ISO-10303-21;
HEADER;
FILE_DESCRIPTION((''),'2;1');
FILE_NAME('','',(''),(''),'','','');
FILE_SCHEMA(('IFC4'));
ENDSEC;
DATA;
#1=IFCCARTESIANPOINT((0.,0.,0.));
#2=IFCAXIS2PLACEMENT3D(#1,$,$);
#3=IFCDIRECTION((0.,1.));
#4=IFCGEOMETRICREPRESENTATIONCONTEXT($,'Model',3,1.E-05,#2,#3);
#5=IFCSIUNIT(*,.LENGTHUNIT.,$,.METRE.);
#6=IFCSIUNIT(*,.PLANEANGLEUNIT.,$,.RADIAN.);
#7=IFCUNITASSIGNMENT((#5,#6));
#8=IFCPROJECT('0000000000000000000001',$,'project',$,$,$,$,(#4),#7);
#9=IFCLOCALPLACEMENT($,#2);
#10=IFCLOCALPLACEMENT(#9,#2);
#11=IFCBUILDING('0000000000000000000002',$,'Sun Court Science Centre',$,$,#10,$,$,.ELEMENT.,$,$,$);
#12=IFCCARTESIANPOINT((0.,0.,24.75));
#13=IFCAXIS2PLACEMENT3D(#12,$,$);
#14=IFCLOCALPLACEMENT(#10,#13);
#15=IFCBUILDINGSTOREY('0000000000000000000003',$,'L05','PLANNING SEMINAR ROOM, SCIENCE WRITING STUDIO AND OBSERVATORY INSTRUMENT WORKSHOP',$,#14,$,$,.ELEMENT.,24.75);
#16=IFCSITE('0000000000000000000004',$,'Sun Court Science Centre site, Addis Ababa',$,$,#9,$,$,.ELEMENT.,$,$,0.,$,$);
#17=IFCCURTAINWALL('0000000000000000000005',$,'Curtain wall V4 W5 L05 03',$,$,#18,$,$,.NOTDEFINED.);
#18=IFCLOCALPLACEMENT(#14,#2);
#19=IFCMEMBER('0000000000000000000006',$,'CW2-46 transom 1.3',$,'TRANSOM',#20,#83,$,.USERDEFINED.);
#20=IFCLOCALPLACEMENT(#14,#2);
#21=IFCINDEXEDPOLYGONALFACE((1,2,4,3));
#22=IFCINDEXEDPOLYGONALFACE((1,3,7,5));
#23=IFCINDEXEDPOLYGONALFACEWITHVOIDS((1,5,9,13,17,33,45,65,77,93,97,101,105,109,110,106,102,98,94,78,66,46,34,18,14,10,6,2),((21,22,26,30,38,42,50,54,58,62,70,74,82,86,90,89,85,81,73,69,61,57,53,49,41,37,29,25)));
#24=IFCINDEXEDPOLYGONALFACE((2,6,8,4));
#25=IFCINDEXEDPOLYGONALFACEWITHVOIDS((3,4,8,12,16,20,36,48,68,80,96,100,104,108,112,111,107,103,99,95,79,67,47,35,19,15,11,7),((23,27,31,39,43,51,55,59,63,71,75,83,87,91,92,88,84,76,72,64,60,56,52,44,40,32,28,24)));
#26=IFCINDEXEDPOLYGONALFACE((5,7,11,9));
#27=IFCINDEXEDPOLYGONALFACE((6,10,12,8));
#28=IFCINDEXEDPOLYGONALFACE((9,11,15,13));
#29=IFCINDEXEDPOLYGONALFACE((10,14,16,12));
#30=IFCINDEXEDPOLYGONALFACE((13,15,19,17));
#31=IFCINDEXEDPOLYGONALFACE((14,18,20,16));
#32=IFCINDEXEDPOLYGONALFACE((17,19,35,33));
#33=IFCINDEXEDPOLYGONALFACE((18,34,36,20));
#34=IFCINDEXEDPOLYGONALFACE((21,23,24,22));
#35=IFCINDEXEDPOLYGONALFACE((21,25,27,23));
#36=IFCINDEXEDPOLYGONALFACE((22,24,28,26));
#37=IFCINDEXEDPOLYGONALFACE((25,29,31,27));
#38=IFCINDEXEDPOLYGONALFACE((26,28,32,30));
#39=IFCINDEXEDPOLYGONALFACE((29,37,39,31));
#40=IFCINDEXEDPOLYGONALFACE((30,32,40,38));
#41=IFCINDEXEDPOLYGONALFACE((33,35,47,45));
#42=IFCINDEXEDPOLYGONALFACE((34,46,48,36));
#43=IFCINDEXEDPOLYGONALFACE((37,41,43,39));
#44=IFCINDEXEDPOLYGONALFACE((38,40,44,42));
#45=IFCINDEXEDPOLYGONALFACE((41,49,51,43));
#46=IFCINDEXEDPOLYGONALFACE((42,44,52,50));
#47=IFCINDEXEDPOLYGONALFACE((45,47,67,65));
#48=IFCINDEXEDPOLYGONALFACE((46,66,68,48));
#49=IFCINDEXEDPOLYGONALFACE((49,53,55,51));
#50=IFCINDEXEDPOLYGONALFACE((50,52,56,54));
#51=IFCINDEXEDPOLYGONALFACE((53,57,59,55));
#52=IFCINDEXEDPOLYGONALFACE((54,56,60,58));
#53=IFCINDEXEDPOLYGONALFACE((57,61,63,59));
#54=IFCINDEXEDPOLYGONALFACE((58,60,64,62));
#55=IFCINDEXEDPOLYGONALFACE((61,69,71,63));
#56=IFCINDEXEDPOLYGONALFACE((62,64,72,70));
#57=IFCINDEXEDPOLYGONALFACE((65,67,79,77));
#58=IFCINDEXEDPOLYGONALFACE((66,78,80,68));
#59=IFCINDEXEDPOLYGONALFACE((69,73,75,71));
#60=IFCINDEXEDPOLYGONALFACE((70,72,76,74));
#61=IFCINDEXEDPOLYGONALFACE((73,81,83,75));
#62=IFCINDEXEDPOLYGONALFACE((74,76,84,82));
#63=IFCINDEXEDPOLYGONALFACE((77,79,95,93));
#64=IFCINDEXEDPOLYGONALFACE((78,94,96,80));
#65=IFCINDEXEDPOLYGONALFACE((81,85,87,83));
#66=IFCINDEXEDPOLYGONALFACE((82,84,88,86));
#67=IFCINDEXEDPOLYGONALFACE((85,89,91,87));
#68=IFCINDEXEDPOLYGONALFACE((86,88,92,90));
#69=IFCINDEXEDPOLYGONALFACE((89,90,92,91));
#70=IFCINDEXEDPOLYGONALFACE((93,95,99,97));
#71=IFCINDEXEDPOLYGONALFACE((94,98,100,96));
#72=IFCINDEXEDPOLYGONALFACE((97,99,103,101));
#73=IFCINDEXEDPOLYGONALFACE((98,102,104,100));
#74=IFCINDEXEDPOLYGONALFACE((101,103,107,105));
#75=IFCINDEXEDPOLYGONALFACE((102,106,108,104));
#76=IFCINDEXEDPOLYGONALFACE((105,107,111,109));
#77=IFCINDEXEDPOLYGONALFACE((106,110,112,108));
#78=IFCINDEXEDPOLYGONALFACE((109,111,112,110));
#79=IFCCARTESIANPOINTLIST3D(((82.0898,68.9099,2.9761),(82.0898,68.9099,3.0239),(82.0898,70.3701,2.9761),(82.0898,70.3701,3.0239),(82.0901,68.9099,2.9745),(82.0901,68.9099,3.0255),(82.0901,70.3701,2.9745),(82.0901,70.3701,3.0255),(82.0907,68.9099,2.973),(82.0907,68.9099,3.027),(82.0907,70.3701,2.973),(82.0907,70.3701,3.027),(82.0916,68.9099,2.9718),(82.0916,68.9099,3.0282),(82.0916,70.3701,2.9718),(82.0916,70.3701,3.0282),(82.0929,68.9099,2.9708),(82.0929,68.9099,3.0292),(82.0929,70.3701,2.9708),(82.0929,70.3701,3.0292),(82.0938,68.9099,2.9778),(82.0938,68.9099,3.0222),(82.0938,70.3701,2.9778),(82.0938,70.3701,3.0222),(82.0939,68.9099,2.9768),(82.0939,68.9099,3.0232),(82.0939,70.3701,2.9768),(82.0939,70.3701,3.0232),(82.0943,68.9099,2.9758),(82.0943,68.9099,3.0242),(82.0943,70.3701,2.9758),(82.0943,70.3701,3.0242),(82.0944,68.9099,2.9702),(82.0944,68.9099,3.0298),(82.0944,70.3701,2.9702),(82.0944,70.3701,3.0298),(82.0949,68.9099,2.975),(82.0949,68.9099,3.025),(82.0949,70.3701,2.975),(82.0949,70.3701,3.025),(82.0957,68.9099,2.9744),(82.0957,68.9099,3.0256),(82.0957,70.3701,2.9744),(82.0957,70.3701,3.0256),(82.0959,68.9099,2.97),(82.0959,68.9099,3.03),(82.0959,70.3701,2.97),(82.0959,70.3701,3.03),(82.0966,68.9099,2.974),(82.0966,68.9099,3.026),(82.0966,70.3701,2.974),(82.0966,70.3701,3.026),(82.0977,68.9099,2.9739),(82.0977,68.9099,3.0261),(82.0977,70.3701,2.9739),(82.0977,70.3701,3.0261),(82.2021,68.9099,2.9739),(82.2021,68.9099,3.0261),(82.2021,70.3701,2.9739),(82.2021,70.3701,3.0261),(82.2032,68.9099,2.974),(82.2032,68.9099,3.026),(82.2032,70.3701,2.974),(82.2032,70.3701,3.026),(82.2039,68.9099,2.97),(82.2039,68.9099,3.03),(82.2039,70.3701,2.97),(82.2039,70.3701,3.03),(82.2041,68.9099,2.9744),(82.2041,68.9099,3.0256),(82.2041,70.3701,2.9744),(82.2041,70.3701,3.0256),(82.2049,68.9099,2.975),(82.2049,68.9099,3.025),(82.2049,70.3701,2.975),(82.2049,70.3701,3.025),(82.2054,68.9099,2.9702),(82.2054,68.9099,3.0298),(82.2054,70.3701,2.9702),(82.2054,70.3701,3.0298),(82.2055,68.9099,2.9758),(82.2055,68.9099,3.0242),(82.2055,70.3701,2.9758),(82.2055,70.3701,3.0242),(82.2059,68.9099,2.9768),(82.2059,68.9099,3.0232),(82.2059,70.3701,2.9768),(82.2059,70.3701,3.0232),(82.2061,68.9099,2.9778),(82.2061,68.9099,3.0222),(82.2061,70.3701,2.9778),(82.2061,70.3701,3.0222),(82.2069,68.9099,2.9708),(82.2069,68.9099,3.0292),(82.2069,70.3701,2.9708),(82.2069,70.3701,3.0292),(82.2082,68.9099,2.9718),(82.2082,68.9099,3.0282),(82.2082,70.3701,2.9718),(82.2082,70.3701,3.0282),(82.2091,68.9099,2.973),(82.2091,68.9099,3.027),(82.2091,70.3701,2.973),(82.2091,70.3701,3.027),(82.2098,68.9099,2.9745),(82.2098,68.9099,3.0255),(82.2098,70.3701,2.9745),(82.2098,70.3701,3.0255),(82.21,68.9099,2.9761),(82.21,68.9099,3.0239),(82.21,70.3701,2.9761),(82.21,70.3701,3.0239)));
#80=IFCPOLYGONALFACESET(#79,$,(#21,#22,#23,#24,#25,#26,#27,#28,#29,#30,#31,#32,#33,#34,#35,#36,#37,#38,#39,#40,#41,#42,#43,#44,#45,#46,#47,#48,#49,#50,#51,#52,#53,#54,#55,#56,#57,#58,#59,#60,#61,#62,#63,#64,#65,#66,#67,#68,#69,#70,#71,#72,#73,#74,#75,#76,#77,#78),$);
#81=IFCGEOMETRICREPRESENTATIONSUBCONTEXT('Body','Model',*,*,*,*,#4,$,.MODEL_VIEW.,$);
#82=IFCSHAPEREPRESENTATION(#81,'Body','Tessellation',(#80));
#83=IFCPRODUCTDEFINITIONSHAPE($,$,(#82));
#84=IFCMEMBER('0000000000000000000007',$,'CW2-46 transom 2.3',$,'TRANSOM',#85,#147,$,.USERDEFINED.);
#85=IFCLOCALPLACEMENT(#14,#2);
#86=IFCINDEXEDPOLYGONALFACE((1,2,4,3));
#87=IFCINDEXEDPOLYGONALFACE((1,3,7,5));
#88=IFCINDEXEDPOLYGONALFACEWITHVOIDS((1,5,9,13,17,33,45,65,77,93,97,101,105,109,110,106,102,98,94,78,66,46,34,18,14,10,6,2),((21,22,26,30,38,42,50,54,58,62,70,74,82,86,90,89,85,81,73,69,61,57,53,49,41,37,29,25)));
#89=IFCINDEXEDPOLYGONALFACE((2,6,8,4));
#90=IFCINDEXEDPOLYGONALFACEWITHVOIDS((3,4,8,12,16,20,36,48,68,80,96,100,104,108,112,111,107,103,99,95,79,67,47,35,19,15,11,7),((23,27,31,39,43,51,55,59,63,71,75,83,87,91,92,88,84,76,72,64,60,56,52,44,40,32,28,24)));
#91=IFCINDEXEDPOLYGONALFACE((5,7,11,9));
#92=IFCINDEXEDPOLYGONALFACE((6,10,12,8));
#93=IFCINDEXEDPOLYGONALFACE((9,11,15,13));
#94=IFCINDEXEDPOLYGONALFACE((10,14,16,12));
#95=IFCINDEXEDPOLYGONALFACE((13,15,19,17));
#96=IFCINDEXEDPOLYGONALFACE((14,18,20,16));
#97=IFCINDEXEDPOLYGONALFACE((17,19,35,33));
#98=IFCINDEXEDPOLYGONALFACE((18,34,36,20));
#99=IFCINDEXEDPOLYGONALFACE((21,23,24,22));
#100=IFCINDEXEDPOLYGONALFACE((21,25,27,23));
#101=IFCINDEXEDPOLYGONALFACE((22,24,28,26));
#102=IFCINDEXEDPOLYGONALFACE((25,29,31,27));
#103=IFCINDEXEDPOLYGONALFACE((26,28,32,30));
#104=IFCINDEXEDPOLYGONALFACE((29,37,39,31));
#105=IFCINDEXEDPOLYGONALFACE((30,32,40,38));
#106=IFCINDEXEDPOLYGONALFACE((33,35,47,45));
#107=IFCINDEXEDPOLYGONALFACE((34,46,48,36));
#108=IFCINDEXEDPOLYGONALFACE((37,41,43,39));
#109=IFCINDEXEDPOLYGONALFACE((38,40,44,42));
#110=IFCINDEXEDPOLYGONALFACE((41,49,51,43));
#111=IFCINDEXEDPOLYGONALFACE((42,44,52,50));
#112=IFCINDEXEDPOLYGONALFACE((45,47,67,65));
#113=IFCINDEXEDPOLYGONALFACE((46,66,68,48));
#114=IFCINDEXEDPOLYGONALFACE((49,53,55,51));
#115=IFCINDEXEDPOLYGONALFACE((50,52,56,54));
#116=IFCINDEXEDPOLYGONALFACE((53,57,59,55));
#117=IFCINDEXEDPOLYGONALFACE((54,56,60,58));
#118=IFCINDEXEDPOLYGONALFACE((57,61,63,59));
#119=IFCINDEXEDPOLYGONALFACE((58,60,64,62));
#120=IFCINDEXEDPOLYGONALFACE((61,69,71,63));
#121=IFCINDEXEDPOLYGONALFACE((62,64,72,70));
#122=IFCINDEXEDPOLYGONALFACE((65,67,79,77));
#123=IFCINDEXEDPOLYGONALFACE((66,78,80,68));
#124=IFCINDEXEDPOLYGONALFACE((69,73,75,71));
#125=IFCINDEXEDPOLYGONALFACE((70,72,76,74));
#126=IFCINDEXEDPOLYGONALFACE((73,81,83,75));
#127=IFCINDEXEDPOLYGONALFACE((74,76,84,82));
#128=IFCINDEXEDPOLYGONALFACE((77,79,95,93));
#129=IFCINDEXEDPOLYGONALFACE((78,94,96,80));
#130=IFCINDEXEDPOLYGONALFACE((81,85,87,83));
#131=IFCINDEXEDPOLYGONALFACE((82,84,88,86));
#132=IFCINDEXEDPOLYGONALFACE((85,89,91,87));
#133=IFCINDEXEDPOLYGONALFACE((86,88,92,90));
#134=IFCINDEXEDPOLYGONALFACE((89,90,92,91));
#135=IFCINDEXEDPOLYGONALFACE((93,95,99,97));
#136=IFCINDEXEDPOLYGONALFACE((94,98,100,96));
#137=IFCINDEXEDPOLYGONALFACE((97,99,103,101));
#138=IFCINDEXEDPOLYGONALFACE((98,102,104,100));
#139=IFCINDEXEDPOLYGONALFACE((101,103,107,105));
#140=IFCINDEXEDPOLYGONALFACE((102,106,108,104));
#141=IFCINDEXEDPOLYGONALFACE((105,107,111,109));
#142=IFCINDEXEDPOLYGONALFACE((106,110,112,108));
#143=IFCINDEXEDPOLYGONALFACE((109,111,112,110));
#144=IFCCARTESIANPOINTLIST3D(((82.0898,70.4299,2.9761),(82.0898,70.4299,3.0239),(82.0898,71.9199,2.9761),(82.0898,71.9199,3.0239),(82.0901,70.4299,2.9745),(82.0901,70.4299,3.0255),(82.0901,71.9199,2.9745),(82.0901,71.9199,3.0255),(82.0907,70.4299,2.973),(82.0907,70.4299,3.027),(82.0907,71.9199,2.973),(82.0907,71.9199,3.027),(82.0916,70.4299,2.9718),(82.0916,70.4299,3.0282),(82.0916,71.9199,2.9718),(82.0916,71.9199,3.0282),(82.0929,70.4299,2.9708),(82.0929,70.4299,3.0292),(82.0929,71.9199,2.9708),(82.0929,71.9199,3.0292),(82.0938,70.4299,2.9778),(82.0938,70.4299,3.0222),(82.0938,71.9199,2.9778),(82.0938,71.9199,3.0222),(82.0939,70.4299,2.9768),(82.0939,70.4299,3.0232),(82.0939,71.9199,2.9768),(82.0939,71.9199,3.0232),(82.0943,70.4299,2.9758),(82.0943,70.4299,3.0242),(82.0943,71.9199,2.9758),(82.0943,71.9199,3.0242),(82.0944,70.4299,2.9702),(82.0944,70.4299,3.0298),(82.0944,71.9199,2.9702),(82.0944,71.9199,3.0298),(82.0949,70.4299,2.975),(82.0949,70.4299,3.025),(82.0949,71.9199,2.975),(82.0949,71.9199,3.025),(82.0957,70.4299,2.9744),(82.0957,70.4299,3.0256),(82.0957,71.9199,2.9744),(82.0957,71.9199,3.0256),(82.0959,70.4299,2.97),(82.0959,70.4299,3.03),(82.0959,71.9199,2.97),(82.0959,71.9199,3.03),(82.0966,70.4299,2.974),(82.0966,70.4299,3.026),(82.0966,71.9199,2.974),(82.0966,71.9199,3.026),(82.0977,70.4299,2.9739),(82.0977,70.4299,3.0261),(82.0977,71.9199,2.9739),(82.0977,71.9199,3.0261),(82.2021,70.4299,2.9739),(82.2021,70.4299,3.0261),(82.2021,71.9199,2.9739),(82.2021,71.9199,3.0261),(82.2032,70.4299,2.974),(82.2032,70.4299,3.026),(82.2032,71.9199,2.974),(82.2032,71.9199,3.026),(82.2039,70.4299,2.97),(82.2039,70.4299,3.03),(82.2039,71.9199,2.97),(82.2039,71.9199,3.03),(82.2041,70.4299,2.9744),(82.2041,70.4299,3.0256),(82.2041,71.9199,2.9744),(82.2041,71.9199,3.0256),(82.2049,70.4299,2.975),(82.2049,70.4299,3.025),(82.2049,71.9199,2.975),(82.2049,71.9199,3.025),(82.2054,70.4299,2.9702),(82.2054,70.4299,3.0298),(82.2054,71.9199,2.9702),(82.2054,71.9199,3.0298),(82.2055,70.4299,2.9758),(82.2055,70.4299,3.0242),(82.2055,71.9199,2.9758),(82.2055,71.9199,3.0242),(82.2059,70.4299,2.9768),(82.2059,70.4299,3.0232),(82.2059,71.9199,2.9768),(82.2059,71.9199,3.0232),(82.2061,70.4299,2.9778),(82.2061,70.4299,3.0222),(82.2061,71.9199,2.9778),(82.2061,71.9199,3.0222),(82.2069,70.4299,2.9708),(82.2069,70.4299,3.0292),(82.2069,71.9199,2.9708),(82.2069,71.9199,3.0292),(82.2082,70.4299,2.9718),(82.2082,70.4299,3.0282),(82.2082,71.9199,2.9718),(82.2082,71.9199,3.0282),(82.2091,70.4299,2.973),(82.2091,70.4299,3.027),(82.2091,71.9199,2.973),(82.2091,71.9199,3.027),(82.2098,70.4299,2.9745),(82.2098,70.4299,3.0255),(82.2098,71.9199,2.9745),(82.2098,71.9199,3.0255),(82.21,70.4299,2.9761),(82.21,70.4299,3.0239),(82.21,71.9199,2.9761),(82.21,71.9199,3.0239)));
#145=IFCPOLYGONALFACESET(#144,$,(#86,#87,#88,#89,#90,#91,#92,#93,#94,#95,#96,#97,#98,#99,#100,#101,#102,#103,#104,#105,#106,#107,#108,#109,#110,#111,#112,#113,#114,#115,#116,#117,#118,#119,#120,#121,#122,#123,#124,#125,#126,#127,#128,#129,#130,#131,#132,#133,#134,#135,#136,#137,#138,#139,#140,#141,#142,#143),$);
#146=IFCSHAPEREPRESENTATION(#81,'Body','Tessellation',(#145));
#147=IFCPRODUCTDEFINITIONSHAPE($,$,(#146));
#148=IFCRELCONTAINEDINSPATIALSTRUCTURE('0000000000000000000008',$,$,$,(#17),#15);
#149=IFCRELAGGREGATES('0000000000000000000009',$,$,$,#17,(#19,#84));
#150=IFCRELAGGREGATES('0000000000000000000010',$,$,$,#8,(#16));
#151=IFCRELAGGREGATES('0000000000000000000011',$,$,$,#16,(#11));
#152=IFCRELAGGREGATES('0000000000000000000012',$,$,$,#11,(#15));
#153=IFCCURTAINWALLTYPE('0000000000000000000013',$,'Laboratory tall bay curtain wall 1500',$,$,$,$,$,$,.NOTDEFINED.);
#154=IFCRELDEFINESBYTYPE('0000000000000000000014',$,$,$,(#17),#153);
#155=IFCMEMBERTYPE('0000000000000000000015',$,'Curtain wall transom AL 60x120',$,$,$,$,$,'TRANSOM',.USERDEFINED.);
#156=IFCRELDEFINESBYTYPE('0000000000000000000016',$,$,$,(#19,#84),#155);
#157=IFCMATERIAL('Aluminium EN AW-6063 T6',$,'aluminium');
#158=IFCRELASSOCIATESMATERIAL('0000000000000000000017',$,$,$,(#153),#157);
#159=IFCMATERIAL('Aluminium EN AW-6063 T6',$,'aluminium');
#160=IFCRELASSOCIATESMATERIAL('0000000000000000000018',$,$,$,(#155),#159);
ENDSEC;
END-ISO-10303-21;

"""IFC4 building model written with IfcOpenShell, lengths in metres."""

from ifc_helpers import new_model, si_unit, direction, frame, origin, origin_2d, place, context, subcontext, project, spatial, hollow_rectangle, extrude, material, material_profile, profile_set, type_object, element, aggregate, save


model = new_model("IFC4")

# Units and contexts
model_context = context("Model", 3, precision=1e-05, world=origin(), true_north=direction((0.0, 1.0)))
body_context = subcontext(model_context, "Body", "Model", "MODEL_VIEW")
ifc_project = project(units=[si_unit("LENGTHUNIT", "METRE"), si_unit("PLANEANGLEUNIT", "RADIAN")], contexts=[model_context])

# Site, building, storey
site_placement = place(None, origin())
site = spatial("IfcSite", under=ifc_project, at=site_placement, Name="Sun Court Science Centre site, Addis Ababa", CompositionType="ELEMENT", RefElevation=0.0)
building_placement = place(site_placement, origin())
building = spatial("IfcBuilding", under=site, at=building_placement, Name="Sun Court Science Centre", CompositionType="ELEMENT")
storey_placement = place(building_placement, frame((0.0, 0.0, 24.75)))
storey = spatial("IfcBuildingStorey", under=building, at=storey_placement, Name="L05", Description="PLANNING SEMINAR ROOM, SCIENCE WRITING STUDIO AND OBSERVATORY INSTRUMENT WORKSHOP", CompositionType="ELEMENT", Elevation=24.75)

# Curtain wall, members
ifc_material_1 = material(Name="Aluminium EN AW-6063 T6", Category="aluminium")
curtain_wall_type = type_object("IfcCurtainWallType", Name="Laboratory tall bay curtain wall 1500", PredefinedType="NOTDEFINED", material=ifc_material_1)
curtain_wall_placement = place(storey_placement, origin())
curtain_wall = element("IfcCurtainWall", 1, at=curtain_wall_placement, inside=storey, type_object=curtain_wall_type, Name="Curtain wall V4 W5 L05 03", PredefinedType="NOTDEFINED")
ifc_material_2 = material(Name="Aluminium EN AW-6063 T6", Category="aluminium")
ifc_material_profile_1 = material_profile(ifc_material_2, hollow_rectangle(XDim=0.0601, YDim=0.1201, WallThickness=0.0039, InnerFilletRadius=0.0039, OuterFilletRadius=0.0061, at=origin_2d()), Name="AL 60x120x4")
ifc_profile_set_1 = profile_set([ifc_material_profile_1], Name="Aluminium EN AW-6063 T6")
member_type_1 = type_object("IfcMemberType", Name="Curtain wall transom AL 60x120", ElementType="TRANSOM", PredefinedType="USERDEFINED", material=ifc_profile_set_1)
member_1_placement = place(storey_placement, frame((82.1499, 68.9099, 3.0), z_axis=(0.0, 1.0, 0.0), x_axis=(0.0, 0.0, 1.0)))
member_1 = element("IfcMember", 2, at=member_1_placement, type_object=member_type_1, Name="CW2-46 transom 1.3", ObjectType="TRANSOM", PredefinedType="USERDEFINED", context=body_context, shape_type="SweptSolid", body=[
    extrude(hollow_rectangle(XDim=0.0601, YDim=0.1201, WallThickness=0.0039, InnerFilletRadius=0.0039, OuterFilletRadius=0.0061, at=origin_2d()), origin(), (0.0, 0.0, 1.0), 1.4602),
])
member_2_placement = place(storey_placement, frame((82.1499, 70.4299, 3.0), z_axis=(0.0, 1.0, 0.0), x_axis=(0.0, 0.0, 1.0)))
member_2 = element("IfcMember", 3, at=member_2_placement, type_object=member_type_1, Name="CW2-46 transom 2.3", ObjectType="TRANSOM", PredefinedType="USERDEFINED", context=body_context, shape_type="SweptSolid", body=[
    extrude(hollow_rectangle(XDim=0.0601, YDim=0.1201, WallThickness=0.0039, InnerFilletRadius=0.0039, OuterFilletRadius=0.0061, at=origin_2d()), origin(), (0.0, 0.0, 1.0), 1.49),
])

aggregate(curtain_wall, [member_1, member_2])

save(model, "model.ifc")
